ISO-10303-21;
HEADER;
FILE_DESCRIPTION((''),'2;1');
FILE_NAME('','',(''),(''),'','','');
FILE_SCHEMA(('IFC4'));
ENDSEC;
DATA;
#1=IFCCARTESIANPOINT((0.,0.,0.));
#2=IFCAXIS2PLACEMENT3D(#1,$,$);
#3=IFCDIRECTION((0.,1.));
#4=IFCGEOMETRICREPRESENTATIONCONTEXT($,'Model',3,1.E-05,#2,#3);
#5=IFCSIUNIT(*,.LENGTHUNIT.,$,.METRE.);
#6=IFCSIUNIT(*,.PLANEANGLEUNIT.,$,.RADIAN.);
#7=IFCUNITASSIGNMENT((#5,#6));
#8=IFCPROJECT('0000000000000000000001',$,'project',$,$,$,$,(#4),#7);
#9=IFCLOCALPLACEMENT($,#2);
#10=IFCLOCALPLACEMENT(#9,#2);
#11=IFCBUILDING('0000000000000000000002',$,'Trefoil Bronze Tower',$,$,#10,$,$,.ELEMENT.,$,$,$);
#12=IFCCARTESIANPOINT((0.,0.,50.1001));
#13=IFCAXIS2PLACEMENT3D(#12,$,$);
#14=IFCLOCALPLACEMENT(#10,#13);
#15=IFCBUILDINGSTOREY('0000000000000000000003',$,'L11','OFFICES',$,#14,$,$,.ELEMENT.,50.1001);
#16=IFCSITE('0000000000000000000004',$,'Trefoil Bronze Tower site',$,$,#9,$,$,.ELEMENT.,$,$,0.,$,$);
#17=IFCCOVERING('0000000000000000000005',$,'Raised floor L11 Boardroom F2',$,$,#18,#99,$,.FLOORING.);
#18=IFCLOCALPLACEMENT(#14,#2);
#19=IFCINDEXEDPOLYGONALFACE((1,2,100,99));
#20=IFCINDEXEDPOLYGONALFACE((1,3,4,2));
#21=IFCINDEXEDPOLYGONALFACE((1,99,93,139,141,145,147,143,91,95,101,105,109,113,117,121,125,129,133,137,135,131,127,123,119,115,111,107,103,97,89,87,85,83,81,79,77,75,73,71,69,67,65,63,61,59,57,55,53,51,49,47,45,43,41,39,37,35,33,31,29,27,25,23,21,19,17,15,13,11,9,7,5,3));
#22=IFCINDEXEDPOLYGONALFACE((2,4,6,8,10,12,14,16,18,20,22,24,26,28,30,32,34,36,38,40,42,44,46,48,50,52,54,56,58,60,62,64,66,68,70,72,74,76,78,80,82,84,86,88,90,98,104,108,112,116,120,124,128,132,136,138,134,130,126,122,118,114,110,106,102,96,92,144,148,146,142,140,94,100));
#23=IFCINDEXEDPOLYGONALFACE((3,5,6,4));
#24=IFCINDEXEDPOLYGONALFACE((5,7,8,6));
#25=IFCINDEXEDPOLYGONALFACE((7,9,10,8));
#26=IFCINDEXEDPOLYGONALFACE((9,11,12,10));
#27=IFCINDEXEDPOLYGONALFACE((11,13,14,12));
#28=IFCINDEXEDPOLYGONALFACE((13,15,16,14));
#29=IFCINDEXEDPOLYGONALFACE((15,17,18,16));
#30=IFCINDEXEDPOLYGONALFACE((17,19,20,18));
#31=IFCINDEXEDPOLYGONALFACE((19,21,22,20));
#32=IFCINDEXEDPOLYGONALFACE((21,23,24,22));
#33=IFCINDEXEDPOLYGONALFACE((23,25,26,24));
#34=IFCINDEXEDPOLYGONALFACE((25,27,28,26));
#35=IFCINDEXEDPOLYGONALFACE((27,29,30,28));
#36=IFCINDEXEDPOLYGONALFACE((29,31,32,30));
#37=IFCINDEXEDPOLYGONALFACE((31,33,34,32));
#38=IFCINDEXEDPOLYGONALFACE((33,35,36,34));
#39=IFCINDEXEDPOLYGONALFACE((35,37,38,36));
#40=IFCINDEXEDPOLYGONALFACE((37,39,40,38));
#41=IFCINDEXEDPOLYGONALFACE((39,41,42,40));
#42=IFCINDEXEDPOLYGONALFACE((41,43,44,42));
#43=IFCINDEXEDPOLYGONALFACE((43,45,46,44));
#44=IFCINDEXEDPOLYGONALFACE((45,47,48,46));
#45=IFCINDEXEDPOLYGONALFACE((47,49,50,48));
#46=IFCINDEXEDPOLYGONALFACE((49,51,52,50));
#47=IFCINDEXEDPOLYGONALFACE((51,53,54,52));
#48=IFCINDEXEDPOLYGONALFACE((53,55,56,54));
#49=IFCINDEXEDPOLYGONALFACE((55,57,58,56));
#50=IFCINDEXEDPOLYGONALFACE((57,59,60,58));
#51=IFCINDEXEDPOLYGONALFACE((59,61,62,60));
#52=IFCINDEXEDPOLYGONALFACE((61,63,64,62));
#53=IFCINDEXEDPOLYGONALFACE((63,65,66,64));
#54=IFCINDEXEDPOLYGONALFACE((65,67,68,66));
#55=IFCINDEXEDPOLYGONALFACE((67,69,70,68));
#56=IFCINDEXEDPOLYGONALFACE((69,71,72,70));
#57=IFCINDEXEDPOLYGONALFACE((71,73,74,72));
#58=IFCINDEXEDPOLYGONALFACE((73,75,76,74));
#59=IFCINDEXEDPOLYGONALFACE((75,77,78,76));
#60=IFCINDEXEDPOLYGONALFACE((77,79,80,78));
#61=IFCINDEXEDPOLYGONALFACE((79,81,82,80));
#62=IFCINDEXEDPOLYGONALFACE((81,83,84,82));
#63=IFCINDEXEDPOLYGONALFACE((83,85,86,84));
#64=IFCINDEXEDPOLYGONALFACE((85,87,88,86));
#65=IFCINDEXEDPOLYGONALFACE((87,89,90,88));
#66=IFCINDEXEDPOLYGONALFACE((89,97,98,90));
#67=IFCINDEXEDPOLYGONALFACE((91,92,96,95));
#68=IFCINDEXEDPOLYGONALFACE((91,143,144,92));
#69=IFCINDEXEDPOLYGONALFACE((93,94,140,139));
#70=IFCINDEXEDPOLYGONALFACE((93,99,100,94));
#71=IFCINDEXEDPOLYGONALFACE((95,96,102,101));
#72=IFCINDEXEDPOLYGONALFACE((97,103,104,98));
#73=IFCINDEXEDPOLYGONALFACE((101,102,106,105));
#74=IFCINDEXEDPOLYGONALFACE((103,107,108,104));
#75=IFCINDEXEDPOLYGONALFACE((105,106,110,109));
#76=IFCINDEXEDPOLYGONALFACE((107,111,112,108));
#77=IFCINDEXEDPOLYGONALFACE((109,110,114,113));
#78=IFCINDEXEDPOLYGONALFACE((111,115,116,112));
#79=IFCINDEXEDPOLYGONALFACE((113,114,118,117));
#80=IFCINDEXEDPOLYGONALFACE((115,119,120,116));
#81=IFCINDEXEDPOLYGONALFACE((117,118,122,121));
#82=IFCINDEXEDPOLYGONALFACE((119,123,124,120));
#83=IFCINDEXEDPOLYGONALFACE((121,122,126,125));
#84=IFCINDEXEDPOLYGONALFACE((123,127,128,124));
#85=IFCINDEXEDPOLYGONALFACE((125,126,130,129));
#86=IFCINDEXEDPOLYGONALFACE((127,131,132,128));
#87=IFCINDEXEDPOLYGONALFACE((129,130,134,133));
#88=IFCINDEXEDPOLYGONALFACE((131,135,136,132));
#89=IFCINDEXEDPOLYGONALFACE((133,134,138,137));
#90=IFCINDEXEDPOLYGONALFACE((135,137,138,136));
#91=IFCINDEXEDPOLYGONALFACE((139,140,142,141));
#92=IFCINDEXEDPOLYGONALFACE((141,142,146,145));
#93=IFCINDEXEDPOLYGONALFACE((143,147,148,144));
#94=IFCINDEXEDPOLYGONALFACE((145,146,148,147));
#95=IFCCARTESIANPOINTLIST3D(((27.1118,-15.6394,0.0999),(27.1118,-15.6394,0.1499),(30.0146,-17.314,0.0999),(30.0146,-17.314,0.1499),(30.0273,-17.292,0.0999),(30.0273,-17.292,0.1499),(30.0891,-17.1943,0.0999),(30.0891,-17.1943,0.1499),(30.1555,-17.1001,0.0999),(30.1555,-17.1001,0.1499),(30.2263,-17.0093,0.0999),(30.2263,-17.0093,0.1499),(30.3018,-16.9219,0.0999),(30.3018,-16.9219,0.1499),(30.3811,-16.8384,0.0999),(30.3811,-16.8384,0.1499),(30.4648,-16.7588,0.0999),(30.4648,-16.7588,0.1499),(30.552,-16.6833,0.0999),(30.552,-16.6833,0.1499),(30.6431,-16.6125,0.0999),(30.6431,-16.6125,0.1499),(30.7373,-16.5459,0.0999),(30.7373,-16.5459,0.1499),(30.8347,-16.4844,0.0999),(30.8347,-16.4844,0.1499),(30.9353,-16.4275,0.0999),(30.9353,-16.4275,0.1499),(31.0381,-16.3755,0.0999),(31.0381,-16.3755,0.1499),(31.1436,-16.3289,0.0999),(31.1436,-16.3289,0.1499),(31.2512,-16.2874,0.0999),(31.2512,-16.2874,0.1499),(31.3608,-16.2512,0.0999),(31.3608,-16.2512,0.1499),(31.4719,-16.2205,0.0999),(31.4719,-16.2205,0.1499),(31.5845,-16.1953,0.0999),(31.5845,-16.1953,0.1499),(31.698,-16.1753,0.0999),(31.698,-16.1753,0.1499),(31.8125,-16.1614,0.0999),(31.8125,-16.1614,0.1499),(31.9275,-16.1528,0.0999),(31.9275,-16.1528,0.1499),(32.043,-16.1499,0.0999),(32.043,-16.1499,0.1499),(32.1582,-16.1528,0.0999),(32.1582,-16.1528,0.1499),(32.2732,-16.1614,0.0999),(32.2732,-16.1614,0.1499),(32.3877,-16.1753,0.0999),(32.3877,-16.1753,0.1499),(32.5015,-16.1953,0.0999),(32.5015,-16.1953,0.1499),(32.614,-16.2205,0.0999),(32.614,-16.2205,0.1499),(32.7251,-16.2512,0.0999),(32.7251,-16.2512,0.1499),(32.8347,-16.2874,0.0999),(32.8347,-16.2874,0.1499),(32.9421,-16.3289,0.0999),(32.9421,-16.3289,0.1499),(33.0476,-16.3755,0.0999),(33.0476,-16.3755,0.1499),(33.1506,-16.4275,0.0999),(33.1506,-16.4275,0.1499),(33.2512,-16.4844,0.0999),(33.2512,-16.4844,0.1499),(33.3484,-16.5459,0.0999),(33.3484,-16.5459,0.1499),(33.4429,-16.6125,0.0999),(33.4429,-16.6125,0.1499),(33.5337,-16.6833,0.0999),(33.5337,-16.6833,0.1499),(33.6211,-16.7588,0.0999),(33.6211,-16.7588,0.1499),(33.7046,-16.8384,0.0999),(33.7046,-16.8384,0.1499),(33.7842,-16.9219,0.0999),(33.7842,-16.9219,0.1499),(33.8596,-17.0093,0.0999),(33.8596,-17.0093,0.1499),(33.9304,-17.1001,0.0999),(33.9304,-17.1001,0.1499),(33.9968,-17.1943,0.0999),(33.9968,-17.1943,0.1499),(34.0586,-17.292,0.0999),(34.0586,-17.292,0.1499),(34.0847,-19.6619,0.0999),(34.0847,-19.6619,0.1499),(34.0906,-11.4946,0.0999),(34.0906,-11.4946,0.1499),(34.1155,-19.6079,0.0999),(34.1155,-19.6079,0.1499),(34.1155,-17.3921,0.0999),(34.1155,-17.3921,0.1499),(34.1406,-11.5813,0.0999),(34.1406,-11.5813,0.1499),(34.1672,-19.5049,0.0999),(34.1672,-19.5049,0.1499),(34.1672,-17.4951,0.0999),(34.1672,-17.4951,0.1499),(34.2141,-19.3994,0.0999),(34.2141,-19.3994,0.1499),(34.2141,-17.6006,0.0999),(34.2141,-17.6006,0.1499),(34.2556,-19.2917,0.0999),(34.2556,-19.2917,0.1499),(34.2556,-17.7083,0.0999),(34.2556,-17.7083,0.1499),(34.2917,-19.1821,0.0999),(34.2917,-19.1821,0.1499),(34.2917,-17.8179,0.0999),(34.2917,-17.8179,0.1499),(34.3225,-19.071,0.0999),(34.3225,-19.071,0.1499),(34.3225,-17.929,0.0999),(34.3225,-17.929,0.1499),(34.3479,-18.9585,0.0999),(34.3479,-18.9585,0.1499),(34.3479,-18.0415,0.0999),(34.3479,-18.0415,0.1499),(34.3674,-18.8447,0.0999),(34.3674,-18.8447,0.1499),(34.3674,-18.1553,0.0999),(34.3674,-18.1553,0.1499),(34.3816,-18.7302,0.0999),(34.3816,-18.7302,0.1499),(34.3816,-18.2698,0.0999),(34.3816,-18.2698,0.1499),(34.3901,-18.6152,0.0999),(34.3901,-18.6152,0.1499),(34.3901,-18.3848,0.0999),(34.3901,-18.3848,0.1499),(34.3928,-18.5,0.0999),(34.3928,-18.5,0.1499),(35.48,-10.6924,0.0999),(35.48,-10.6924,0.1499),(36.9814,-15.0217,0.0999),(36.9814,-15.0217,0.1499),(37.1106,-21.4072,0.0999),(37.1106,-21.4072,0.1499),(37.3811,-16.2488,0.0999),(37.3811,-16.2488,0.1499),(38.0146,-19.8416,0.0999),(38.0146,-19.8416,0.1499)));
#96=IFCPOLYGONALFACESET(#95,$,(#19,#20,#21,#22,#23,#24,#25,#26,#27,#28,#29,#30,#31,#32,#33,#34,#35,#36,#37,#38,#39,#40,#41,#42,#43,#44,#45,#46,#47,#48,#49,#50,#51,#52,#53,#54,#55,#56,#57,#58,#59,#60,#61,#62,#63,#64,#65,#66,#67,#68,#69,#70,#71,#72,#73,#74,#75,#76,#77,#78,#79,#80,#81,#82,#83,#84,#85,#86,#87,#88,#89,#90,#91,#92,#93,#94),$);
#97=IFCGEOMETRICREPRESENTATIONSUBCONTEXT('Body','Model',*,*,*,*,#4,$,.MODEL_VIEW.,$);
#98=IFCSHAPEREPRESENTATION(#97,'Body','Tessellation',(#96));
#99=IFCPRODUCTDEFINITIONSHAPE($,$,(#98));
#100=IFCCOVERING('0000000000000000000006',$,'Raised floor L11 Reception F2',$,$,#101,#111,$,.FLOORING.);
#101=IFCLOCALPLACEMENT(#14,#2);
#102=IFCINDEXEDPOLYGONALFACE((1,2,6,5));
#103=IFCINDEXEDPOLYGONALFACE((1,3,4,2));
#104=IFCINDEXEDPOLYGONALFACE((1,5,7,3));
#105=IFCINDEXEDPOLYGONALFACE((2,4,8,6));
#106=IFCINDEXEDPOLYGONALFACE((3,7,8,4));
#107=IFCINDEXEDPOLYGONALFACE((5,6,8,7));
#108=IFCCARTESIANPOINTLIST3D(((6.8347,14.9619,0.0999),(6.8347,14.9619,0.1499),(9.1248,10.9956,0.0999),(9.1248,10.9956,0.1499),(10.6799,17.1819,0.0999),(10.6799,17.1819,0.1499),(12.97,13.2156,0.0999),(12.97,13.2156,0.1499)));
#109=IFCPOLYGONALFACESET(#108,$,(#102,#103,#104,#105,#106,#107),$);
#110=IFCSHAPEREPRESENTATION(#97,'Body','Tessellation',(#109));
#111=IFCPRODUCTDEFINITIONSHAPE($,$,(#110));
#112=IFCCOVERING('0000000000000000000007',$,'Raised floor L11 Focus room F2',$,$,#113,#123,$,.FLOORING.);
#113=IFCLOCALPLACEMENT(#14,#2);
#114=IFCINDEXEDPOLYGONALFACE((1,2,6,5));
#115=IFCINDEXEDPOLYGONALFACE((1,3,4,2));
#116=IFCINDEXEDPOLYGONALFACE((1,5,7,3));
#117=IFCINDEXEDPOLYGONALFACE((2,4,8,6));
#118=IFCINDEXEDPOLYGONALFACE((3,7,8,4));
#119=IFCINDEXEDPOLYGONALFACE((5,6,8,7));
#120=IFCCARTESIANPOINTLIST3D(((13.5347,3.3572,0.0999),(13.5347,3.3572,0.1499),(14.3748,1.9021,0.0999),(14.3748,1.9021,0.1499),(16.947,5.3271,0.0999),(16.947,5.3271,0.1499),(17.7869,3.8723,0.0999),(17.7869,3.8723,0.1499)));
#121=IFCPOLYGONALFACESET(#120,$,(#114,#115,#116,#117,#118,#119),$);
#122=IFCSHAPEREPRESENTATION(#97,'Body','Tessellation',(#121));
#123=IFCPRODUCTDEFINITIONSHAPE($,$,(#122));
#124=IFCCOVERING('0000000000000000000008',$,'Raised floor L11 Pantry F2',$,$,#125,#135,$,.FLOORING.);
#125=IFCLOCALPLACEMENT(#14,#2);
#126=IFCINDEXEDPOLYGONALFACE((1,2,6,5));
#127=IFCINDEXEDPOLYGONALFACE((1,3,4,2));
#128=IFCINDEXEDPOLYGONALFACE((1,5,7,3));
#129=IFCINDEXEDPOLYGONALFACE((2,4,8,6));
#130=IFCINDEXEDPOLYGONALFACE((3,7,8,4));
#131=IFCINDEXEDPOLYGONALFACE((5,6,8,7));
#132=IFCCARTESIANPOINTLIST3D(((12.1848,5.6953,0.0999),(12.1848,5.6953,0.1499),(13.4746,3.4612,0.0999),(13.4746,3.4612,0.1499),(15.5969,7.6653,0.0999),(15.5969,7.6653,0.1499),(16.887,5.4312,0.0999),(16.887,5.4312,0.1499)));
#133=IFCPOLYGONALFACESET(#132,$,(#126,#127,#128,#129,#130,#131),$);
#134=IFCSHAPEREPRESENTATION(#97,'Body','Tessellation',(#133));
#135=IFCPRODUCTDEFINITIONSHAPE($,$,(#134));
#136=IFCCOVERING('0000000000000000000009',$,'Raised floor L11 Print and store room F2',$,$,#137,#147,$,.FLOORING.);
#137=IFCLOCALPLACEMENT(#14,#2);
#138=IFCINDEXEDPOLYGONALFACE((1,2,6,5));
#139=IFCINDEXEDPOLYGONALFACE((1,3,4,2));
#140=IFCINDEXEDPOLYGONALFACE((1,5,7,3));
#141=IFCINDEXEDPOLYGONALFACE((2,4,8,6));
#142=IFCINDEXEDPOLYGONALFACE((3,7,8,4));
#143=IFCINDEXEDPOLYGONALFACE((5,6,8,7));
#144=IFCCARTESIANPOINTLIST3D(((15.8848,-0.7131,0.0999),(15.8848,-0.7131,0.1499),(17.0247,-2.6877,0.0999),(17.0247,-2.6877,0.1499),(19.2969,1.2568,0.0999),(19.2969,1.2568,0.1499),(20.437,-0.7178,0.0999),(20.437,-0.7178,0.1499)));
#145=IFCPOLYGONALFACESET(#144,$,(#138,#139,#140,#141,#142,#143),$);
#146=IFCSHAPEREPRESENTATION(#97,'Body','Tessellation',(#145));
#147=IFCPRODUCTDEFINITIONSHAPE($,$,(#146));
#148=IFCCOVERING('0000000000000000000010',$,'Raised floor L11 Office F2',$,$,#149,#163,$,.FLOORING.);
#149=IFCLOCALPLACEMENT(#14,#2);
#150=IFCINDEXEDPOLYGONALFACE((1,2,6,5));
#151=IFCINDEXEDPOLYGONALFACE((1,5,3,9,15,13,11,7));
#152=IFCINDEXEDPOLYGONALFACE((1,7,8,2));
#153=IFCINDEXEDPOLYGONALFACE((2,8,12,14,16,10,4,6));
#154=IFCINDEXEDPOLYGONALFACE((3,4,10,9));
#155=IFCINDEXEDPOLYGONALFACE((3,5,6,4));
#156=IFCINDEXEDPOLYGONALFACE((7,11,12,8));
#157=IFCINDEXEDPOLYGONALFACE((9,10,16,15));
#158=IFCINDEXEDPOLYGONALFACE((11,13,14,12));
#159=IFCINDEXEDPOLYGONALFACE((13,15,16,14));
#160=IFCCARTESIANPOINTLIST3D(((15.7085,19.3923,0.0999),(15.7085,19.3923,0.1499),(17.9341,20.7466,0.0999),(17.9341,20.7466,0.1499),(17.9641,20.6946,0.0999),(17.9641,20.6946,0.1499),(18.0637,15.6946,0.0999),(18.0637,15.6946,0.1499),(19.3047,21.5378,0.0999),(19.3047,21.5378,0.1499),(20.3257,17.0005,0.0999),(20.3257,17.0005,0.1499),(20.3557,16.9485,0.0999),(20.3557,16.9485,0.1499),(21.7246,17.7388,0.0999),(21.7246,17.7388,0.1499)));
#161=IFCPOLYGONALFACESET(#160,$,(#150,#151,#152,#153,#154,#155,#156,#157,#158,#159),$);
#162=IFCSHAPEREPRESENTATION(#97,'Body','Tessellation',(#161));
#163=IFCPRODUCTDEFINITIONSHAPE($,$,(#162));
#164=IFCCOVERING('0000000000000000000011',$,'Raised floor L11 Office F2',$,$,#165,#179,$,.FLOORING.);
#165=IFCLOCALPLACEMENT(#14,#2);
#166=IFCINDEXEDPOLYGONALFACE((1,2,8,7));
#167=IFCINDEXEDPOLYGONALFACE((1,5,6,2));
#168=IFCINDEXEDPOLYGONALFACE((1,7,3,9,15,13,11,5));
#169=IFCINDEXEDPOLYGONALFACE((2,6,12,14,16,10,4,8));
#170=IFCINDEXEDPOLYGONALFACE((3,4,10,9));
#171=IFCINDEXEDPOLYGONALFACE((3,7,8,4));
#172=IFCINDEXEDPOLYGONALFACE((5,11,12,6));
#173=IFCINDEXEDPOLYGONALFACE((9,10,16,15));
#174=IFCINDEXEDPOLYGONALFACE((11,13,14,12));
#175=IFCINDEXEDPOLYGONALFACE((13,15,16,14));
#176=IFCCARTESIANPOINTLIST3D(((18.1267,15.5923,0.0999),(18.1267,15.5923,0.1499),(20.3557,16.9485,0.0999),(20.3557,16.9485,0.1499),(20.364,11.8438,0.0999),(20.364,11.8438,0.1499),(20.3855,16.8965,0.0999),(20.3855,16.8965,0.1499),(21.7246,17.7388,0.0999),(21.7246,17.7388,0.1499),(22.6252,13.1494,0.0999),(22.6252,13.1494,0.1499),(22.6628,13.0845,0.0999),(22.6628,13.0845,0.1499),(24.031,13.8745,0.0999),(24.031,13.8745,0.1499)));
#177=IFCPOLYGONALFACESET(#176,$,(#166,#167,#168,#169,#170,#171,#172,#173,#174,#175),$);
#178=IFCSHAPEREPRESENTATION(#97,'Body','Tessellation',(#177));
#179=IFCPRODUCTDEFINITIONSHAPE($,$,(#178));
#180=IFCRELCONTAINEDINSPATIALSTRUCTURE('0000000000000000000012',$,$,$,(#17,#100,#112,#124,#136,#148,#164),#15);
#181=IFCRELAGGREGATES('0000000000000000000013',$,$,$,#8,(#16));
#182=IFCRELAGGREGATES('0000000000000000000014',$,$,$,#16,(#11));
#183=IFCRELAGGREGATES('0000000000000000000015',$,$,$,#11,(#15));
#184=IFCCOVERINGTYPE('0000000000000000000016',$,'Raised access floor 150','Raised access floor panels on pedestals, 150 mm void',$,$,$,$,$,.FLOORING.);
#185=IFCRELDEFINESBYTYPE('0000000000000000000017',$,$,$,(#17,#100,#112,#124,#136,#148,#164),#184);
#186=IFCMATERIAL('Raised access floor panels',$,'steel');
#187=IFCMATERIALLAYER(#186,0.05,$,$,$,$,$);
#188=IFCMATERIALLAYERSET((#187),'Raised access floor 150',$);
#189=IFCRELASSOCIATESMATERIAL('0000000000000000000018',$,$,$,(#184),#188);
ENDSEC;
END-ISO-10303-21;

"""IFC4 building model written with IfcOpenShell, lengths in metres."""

from ifc_helpers import new_model, si_unit, direction, frame, origin, place, context, subcontext, project, spatial, polyline, outline, extrude, material, layer, layer_set, type_object, element, save


model = new_model("IFC4")

# Units and contexts
model_context = context("Model", 3, precision=1e-05, world=origin(), true_north=direction((0.0, 1.0)))
body_context = subcontext(model_context, "Body", "Model", "MODEL_VIEW")
ifc_project = project(units=[si_unit("LENGTHUNIT", "METRE"), si_unit("PLANEANGLEUNIT", "RADIAN")], contexts=[model_context])

# Site, building, storey
site_placement = place(None, origin())
site = spatial("IfcSite", under=ifc_project, at=site_placement, Name="Trefoil Bronze Tower site", CompositionType="ELEMENT", RefElevation=0.0)
building_placement = place(site_placement, origin())
building = spatial("IfcBuilding", under=site, at=building_placement, Name="Trefoil Bronze Tower", CompositionType="ELEMENT")
storey_placement = place(building_placement, frame((0.0, 0.0, 50.1001)))
storey = spatial("IfcBuildingStorey", under=building, at=storey_placement, Name="L11", Description="OFFICES", CompositionType="ELEMENT", Elevation=50.1001)

# Coverings
ifc_material_1 = material(Name="Raised access floor panels", Category="steel")
ifc_layer_1 = layer(ifc_material_1, 0.05)
ifc_layer_set_1 = layer_set([ifc_layer_1], Name="Raised access floor 150")
covering_type_1 = type_object("IfcCoveringType", Name="Raised access floor 150", Description="Raised access floor panels on pedestals, 150 mm void", PredefinedType="FLOORING", material=ifc_layer_set_1)
covering_1_placement = place(storey_placement, frame((0.0, 0.0, 0.0999)))
element("IfcCovering", 1, at=covering_1_placement, inside=storey, type_object=covering_type_1, Name="Raised floor L11 Boardroom F2", PredefinedType="FLOORING", context=body_context, shape_type="SweptSolid", body=[
    extrude(outline(polyline([(30.0146, -17.314), (27.1118, -15.6394), (34.1406, -11.5813), (34.0906, -11.4946), (35.48, -10.6924), (36.9814, -15.0217), (37.3811, -16.2488), (38.0146, -19.8416), (37.1106, -21.4072), (34.0847, -19.6619), (34.1155, -19.6079), (34.1672, -19.5049), (34.2141, -19.3994), (34.2556, -19.2917), (34.2917, -19.1821), (34.3225, -19.071), (34.3479, -18.9585), (34.3674, -18.8447), (34.3816, -18.7302), (34.3901, -18.6152), (34.3928, -18.5), (34.3901, -18.3848), (34.3816, -18.2698), (34.3674, -18.1553), (34.3479, -18.0415), (34.3225, -17.929), (34.2917, -17.8179), (34.2556, -17.7083), (34.2141, -17.6006), (34.1672, -17.4951), (34.1155, -17.3921), (34.0586, -17.292), (33.9968, -17.1943), (33.9304, -17.1001), (33.8596, -17.0093), (33.7842, -16.9219), (33.7046, -16.8384), (33.6211, -16.7588), (33.5337, -16.6833), (33.4429, -16.6125), (33.3484, -16.5459), (33.2512, -16.4844), (33.1506, -16.4275), (33.0476, -16.3755), (32.9421, -16.3289), (32.8347, -16.2874), (32.7251, -16.2512), (32.614, -16.2205), (32.5015, -16.1953), (32.3877, -16.1753), (32.2732, -16.1614), (32.1582, -16.1528), (32.043, -16.1499), (31.9275, -16.1528), (31.8125, -16.1614), (31.698, -16.1753), (31.5845, -16.1953), (31.4719, -16.2205), (31.3608, -16.2512), (31.2512, -16.2874), (31.1436, -16.3289), (31.0381, -16.3755), (30.9353, -16.4275), (30.8347, -16.4844), (30.7373, -16.5459), (30.6431, -16.6125), (30.552, -16.6833), (30.4648, -16.7588), (30.3811, -16.8384), (30.3018, -16.9219), (30.2263, -17.0093), (30.1555, -17.1001), (30.0891, -17.1943), (30.0273, -17.292), (30.0146, -17.314)])), origin(), (0.0, 0.0, 1.0), 0.05),
])
covering_2_placement = place(storey_placement, frame((0.0, 0.0, 0.0999)))
element("IfcCovering", 2, at=covering_2_placement, inside=storey, type_object=covering_type_1, Name="Raised floor L11 Reception F2", PredefinedType="FLOORING", context=body_context, shape_type="SweptSolid", body=[
    extrude(outline(polyline([(6.8347, 14.9619), (10.6799, 17.1819), (12.97, 13.2156), (9.1248, 10.9956), (6.8347, 14.9619)])), origin(), (0.0, 0.0, 1.0), 0.05),
])
covering_3_placement = place(storey_placement, frame((0.0, 0.0, 0.0999)))
element("IfcCovering", 3, at=covering_3_placement, inside=storey, type_object=covering_type_1, Name="Raised floor L11 Focus room F2", PredefinedType="FLOORING", context=body_context, shape_type="SweptSolid", body=[
    extrude(outline(polyline([(13.5347, 3.3572), (16.947, 5.3271), (17.7869, 3.8723), (14.3748, 1.9021), (13.5347, 3.3572)])), origin(), (0.0, 0.0, 1.0), 0.05),
])
covering_4_placement = place(storey_placement, frame((0.0, 0.0, 0.0999)))
element("IfcCovering", 4, at=covering_4_placement, inside=storey, type_object=covering_type_1, Name="Raised floor L11 Pantry F2", PredefinedType="FLOORING", context=body_context, shape_type="SweptSolid", body=[
    extrude(outline(polyline([(12.1848, 5.6953), (15.5969, 7.6653), (16.887, 5.4312), (13.4746, 3.4612), (12.1848, 5.6953)])), origin(), (0.0, 0.0, 1.0), 0.05),
])
covering_5_placement = place(storey_placement, frame((0.0, 0.0, 0.0999)))
element("IfcCovering", 5, at=covering_5_placement, inside=storey, type_object=covering_type_1, Name="Raised floor L11 Print and store room F2", PredefinedType="FLOORING", context=body_context, shape_type="SweptSolid", body=[
    extrude(outline(polyline([(15.8848, -0.7131), (19.2969, 1.2568), (20.437, -0.7178), (17.0247, -2.6877), (15.8848, -0.7131)])), origin(), (0.0, 0.0, 1.0), 0.05),
])
covering_6_placement = place(storey_placement, frame((0.0, 0.0, 0.0999)))
element("IfcCovering", 6, at=covering_6_placement, inside=storey, type_object=covering_type_1, Name="Raised floor L11 Office F2", PredefinedType="FLOORING", context=body_context, shape_type="SweptSolid", body=[
    extrude(outline(polyline([(21.7246, 17.7388), (20.3557, 16.9485), (20.3257, 17.0005), (18.0637, 15.6946), (15.7085, 19.3923), (17.9641, 20.6946), (17.9341, 20.7466), (19.3047, 21.5378), (21.7246, 17.7388)])), origin(), (0.0, 0.0, 1.0), 0.05),
])
covering_7_placement = place(storey_placement, frame((0.0, 0.0, 0.0999)))
element("IfcCovering", 7, at=covering_7_placement, inside=storey, type_object=covering_type_1, Name="Raised floor L11 Office F2", PredefinedType="FLOORING", context=body_context, shape_type="SweptSolid", body=[
    extrude(outline(polyline([(21.7246, 17.7388), (24.031, 13.8745), (22.6628, 13.0845), (22.6252, 13.1494), (20.364, 11.8438), (18.1267, 15.5923), (20.3855, 16.8965), (20.3557, 16.9485), (21.7246, 17.7388)])), origin(), (0.0, 0.0, 1.0), 0.05),
])

save(model, "model.ifc")
